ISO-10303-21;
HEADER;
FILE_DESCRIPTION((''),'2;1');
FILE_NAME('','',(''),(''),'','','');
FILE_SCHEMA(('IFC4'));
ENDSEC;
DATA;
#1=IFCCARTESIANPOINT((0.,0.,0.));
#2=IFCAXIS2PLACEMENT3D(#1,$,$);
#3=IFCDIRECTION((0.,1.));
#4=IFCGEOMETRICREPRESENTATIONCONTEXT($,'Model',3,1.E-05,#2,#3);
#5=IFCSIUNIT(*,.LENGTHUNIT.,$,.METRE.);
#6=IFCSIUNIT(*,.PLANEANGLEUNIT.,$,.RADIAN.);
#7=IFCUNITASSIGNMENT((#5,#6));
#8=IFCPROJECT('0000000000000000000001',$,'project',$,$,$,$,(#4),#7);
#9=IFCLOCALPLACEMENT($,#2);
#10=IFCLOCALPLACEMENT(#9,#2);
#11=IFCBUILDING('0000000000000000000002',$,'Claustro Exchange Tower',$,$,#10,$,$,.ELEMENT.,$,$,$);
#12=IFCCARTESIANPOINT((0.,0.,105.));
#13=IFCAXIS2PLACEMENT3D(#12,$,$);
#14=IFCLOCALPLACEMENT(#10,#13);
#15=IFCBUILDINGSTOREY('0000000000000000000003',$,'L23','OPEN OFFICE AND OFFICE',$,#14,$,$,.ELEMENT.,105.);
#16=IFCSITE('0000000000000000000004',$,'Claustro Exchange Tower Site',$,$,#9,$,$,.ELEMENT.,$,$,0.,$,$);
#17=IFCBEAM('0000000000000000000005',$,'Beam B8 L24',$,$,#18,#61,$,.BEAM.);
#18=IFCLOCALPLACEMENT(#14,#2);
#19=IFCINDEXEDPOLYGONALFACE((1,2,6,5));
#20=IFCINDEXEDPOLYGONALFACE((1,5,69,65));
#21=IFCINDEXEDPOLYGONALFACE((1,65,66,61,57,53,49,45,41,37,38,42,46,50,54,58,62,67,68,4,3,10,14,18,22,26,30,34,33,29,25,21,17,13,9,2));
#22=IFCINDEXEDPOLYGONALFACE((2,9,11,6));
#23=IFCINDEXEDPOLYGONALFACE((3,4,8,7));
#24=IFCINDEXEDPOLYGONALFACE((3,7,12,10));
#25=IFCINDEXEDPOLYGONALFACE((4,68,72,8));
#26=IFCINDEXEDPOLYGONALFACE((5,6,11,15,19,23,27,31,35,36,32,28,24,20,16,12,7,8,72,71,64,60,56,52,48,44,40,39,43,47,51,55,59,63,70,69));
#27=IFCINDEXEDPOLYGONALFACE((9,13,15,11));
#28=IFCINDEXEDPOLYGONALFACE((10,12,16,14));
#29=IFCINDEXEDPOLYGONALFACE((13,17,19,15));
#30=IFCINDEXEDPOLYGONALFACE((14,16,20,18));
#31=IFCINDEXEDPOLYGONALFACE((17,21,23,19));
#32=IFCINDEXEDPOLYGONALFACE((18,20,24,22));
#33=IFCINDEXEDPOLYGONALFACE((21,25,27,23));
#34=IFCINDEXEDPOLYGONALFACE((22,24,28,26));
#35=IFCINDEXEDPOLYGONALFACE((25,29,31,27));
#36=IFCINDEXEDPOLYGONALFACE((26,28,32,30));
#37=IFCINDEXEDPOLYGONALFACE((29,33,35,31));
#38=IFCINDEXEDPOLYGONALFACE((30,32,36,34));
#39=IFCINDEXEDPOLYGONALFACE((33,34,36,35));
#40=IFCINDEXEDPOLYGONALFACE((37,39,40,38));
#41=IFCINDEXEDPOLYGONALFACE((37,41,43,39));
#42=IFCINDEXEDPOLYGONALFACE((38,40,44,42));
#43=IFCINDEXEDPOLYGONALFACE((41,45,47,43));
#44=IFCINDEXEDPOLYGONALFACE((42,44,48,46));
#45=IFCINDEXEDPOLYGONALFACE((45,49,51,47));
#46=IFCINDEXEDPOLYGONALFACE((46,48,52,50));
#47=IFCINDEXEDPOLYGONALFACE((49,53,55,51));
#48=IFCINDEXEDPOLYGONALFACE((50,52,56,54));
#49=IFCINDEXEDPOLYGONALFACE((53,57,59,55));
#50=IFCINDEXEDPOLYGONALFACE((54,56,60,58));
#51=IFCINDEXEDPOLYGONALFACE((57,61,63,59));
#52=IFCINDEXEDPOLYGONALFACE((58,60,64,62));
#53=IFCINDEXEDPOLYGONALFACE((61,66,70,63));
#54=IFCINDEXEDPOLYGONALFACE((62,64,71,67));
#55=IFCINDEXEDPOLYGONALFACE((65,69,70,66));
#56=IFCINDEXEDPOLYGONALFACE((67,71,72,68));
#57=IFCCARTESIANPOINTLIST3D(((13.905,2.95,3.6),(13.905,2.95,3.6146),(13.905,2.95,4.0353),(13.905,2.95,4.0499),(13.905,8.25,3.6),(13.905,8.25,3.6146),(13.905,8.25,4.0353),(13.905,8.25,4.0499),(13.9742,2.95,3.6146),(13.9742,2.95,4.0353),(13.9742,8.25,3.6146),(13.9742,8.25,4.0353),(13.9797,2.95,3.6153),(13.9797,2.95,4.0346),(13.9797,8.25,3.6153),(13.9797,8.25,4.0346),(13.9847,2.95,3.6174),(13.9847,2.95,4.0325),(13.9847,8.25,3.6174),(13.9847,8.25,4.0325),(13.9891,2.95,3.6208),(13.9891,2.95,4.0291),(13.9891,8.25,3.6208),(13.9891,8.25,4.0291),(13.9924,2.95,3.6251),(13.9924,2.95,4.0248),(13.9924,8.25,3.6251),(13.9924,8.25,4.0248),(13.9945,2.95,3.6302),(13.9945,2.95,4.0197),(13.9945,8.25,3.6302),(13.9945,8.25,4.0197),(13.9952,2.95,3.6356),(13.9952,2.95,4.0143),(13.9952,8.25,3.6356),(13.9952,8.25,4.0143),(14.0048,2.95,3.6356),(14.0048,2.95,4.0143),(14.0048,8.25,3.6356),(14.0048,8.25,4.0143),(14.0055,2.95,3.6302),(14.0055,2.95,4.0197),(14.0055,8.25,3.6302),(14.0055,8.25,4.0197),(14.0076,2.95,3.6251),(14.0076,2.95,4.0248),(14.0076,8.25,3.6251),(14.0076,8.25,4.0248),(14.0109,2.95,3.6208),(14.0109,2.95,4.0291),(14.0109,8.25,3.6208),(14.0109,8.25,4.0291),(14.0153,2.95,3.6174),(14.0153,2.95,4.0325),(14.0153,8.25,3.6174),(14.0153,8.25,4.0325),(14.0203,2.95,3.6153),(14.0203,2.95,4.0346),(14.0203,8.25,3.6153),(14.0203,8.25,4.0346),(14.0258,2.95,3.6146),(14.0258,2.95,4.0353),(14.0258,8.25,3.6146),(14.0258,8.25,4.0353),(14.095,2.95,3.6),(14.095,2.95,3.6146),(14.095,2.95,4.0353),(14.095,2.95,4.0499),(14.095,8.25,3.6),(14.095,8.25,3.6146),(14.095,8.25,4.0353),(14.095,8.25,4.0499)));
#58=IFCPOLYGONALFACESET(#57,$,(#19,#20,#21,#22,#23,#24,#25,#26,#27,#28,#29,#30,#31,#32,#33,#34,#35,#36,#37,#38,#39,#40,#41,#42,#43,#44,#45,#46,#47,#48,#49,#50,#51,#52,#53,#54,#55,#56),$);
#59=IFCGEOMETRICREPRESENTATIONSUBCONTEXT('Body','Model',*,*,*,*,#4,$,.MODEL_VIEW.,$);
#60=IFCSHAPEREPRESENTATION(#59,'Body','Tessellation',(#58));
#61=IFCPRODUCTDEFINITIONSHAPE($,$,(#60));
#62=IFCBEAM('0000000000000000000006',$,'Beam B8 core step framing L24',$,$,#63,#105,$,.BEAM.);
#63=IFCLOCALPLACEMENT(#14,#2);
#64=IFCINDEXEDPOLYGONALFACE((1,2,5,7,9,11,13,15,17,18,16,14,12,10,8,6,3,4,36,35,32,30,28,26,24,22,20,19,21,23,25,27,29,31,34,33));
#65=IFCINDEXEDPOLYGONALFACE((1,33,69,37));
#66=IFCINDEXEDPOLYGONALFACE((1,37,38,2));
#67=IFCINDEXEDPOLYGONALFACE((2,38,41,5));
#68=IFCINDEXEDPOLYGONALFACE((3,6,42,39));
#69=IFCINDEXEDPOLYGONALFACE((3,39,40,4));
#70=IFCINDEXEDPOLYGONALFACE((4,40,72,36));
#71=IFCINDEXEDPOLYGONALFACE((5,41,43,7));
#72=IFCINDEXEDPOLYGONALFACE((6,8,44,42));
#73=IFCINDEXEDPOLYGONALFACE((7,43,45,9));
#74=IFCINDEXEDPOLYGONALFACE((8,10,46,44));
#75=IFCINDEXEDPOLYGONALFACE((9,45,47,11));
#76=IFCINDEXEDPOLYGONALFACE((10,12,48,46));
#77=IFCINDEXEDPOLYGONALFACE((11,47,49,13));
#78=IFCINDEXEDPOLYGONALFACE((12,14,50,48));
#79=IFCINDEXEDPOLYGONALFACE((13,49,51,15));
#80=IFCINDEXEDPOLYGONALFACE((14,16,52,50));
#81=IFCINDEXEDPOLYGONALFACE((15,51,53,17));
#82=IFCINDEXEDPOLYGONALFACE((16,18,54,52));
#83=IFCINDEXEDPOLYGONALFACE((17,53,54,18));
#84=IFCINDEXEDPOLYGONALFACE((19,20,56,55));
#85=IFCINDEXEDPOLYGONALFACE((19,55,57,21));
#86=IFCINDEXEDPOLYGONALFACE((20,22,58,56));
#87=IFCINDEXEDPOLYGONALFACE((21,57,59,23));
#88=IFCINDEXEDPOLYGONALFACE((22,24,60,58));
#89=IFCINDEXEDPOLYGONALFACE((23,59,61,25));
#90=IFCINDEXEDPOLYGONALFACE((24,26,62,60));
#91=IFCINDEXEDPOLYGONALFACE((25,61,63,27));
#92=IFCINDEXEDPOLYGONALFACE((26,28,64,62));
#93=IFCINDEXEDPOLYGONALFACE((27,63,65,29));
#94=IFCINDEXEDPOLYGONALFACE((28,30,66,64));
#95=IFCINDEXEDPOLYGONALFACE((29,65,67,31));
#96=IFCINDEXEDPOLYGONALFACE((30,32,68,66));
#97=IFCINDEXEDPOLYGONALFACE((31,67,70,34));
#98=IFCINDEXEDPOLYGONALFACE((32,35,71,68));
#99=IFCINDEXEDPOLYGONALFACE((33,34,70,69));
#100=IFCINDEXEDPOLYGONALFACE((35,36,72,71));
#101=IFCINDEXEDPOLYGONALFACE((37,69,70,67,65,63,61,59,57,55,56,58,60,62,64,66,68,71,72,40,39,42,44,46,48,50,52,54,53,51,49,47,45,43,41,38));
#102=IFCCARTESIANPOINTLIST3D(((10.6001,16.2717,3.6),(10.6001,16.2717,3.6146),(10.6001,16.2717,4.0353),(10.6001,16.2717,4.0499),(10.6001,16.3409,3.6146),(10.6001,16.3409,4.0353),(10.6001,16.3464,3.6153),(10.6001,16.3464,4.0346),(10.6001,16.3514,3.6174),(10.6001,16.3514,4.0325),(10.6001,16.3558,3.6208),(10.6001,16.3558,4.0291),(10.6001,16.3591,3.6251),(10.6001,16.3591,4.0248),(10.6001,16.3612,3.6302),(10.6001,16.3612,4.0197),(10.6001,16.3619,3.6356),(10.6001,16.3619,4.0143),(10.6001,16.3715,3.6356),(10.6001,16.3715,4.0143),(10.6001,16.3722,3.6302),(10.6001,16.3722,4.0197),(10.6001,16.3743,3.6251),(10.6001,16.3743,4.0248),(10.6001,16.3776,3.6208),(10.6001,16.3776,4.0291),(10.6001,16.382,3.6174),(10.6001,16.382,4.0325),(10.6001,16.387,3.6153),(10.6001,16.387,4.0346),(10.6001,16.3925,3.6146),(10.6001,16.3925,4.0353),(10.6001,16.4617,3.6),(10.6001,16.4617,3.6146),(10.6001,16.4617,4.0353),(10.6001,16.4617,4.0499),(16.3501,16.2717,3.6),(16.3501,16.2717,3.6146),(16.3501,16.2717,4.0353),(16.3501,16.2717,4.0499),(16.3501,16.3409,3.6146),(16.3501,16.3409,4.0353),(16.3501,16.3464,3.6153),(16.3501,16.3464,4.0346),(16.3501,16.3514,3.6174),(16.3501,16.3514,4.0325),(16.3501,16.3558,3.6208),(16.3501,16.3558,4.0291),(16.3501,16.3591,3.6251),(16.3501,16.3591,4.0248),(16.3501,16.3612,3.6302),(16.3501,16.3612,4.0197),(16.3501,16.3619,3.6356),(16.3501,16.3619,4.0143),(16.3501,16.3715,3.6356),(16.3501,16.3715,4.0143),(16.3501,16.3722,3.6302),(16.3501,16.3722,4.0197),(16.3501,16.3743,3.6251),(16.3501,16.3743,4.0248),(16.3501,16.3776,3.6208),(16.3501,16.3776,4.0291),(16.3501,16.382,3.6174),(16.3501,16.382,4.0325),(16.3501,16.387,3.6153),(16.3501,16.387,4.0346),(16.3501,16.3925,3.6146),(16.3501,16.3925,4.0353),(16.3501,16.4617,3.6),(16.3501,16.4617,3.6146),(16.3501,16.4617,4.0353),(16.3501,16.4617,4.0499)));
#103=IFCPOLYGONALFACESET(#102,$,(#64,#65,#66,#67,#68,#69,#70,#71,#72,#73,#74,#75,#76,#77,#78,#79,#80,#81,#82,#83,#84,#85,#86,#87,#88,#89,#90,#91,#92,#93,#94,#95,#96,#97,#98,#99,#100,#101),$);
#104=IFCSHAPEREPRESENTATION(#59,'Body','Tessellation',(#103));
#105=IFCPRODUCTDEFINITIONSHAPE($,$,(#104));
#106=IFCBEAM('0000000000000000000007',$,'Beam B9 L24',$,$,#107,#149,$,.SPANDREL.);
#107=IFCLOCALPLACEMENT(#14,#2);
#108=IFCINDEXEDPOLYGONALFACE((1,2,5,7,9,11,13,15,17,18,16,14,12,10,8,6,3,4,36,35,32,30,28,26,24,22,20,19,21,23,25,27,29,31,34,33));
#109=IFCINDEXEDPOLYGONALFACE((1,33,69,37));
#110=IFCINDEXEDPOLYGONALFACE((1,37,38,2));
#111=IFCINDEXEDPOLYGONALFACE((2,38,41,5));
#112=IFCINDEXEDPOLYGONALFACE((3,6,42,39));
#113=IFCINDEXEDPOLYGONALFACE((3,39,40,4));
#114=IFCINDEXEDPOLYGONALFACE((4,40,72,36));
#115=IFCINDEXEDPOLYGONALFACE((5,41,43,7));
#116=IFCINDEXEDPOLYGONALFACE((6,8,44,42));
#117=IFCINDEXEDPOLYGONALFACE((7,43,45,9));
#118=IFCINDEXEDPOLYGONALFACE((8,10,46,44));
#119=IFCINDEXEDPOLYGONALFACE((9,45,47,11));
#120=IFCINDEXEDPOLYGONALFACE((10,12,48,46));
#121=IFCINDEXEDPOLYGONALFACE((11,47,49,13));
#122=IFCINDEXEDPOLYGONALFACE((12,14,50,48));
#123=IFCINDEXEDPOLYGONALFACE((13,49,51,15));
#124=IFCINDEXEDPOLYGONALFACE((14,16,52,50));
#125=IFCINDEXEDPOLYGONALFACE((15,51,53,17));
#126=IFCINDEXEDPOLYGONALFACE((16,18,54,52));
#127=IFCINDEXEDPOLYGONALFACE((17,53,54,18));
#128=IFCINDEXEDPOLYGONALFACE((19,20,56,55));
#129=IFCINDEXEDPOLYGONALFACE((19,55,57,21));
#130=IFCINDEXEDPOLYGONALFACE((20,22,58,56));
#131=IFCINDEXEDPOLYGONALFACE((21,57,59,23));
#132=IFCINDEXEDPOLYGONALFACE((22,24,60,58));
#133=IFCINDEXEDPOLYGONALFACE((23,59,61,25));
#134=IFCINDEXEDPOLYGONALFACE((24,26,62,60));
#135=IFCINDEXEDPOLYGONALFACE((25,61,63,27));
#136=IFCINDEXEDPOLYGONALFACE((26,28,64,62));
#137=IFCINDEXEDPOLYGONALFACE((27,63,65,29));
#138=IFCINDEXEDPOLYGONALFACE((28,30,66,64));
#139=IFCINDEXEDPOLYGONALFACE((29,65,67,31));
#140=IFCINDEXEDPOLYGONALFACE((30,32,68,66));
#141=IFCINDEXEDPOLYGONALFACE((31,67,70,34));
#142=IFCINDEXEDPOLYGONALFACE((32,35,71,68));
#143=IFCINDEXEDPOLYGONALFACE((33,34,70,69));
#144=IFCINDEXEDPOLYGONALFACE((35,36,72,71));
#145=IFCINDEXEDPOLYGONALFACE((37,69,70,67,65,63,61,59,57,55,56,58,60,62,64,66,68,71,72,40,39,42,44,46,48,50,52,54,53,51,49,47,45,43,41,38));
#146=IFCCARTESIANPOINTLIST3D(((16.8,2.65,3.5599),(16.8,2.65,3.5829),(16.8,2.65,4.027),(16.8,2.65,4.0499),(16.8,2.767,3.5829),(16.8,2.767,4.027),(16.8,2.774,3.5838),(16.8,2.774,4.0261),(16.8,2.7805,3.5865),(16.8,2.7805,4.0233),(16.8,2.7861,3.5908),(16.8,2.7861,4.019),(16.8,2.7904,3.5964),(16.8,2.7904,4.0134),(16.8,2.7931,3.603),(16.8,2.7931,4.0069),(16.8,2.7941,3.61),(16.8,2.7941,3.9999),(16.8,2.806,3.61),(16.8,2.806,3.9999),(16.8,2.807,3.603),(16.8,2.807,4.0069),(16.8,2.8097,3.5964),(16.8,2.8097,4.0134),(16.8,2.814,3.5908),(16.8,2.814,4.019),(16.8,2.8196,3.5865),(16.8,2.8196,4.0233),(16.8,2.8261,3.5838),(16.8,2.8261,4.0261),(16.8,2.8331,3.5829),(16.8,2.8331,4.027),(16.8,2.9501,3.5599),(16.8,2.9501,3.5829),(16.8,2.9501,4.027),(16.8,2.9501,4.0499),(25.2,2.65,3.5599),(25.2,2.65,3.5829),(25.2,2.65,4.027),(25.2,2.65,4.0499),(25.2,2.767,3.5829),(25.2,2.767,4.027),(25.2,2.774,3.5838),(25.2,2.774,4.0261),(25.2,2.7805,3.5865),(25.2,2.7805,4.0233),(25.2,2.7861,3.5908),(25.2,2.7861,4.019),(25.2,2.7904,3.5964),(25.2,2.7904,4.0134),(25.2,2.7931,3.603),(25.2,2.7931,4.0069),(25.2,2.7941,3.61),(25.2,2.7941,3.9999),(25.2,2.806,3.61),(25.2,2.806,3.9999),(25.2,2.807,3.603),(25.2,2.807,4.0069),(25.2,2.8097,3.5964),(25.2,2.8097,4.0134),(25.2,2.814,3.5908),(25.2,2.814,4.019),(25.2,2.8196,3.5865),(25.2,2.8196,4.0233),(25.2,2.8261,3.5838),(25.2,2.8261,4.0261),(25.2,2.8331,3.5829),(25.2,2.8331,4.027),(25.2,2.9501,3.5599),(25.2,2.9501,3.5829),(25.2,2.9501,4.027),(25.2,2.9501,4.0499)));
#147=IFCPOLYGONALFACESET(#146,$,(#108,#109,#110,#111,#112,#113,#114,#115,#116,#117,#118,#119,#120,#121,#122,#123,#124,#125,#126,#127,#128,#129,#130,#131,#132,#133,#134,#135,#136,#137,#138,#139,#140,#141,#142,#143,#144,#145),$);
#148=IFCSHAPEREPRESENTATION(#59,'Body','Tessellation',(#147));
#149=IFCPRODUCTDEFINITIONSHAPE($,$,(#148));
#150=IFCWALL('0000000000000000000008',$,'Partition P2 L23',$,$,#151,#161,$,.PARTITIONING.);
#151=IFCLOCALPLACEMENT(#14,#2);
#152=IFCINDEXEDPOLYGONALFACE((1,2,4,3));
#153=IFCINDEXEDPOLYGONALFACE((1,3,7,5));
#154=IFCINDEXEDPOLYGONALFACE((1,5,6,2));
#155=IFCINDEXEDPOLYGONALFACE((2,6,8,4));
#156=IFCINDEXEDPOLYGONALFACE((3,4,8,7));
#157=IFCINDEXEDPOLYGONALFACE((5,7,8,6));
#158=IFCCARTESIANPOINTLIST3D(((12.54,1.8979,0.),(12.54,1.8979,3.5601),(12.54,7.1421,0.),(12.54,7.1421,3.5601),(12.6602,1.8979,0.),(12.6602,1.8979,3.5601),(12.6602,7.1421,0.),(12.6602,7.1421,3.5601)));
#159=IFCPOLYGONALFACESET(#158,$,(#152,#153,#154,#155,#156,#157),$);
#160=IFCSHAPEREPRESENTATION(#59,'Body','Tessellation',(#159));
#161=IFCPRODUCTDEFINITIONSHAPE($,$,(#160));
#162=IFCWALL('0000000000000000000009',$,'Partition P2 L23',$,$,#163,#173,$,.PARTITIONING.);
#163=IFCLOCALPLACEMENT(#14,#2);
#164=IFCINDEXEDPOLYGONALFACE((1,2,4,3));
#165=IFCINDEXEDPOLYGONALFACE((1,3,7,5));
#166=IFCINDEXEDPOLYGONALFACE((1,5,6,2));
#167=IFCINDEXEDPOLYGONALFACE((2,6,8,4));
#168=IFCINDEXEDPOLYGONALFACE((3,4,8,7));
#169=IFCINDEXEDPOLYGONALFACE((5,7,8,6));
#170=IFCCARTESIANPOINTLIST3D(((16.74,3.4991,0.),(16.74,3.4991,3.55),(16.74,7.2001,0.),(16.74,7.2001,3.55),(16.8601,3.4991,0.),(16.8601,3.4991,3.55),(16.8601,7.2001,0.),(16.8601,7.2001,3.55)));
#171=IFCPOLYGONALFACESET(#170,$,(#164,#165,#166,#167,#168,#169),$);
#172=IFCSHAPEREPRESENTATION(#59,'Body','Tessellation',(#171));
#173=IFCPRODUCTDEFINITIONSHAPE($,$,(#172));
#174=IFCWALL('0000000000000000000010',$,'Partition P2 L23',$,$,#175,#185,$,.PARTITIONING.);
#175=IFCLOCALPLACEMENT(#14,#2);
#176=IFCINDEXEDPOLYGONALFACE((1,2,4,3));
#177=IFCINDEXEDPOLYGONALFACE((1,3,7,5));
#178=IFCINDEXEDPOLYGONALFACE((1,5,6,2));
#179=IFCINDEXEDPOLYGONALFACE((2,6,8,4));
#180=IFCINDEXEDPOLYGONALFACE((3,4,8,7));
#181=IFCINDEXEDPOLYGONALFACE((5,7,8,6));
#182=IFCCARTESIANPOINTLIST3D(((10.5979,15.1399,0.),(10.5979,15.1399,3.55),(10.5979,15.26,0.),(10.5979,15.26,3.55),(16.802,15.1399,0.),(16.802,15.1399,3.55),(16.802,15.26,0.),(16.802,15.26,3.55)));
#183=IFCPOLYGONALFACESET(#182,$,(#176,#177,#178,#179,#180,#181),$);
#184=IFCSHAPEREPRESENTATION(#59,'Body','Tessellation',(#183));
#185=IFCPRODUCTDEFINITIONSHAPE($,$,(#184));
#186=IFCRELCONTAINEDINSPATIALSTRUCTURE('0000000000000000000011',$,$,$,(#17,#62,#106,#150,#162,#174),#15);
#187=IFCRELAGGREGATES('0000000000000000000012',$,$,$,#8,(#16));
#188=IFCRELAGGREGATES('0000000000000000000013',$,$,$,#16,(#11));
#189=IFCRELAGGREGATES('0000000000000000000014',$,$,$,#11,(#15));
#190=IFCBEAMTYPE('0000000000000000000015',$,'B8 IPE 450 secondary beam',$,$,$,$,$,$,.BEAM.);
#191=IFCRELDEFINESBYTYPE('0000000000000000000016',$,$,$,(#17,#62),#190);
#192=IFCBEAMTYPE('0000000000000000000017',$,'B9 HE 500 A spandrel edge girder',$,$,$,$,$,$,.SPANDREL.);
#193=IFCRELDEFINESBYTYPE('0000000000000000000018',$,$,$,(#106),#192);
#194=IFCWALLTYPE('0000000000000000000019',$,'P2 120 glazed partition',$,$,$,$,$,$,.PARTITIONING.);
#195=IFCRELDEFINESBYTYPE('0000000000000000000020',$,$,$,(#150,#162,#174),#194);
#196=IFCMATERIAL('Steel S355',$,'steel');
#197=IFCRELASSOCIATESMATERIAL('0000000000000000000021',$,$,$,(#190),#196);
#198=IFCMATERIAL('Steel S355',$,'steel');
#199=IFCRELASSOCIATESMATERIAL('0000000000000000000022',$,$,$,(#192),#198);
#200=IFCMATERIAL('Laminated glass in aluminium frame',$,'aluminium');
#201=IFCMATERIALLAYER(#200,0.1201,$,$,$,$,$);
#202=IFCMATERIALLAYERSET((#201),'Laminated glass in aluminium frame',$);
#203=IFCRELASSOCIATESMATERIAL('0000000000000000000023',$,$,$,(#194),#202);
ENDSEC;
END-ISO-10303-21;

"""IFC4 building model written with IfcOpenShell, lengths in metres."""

from ifc_helpers import new_model, si_unit, direction, frame, frame_2d, origin, origin_2d, place, context, subcontext, project, spatial, rectangle, i_section, extrude, material, layer, layer_set, material_profile, profile_set, type_object, element, save


model = new_model("IFC4")

# Units and contexts
model_context = context("Model", 3, precision=1e-05, world=origin(), true_north=direction((0.0, 1.0)))
body_context = subcontext(model_context, "Body", "Model", "MODEL_VIEW")
ifc_project = project(units=[si_unit("LENGTHUNIT", "METRE"), si_unit("PLANEANGLEUNIT", "RADIAN")], contexts=[model_context])

# Site, building, storey
site_placement = place(None, origin())
site = spatial("IfcSite", under=ifc_project, at=site_placement, Name="Claustro Exchange Tower Site", CompositionType="ELEMENT", RefElevation=0.0)
building_placement = place(site_placement, origin())
building = spatial("IfcBuilding", under=site, at=building_placement, Name="Claustro Exchange Tower", CompositionType="ELEMENT")
storey_placement = place(building_placement, frame((0.0, 0.0, 105.0)))
storey = spatial("IfcBuildingStorey", under=building, at=storey_placement, Name="L23", Description="OPEN OFFICE AND OFFICE", CompositionType="ELEMENT", Elevation=105.0)

# Beams
ifc_material_1 = material(Name="Steel S355", Category="steel")
ifc_material_profile_1 = material_profile(ifc_material_1, i_section(OverallWidth=0.1899, OverallDepth=0.45, WebThickness=0.0095, FlangeThickness=0.0146, FilletRadius=0.021, at=origin_2d()), Name="IPE 450")
ifc_profile_set_1 = profile_set([ifc_material_profile_1], Name="Steel S355")
beam_type_1 = type_object("IfcBeamType", Name="B8 IPE 450 secondary beam", PredefinedType="BEAM", material=ifc_profile_set_1)
for number, where, z_axis, x_axis, name in (
    (1, (14.0, 2.95, 3.825), (0.0, 1.0, 0.0), (-1.0, 0.0, 0.0), "Beam B8 L24"),
):
    element("IfcBeam", number, at=place(storey_placement, frame(where, z_axis=z_axis, x_axis=x_axis)), inside=storey, type_object=beam_type_1, Name=name, PredefinedType="BEAM", context=body_context, shape_type="SweptSolid", body=[
        extrude(i_section(OverallWidth=0.1899, OverallDepth=0.45, WebThickness=0.0095, FlangeThickness=0.0146, FilletRadius=0.021, at=origin_2d()), origin(), (0.0, 0.0, 1.0), 5.3),
    ])
beam_1_placement = place(storey_placement, frame((10.6001, 16.3667, 3.825), z_axis=(1.0, 0.0, 0.0), x_axis=(0.0, 1.0, 0.0)))
element("IfcBeam", 2, at=beam_1_placement, inside=storey, type_object=beam_type_1, Name="Beam B8 core step framing L24", PredefinedType="BEAM", context=body_context, shape_type="SweptSolid", body=[
    extrude(i_section(OverallWidth=0.1899, OverallDepth=0.45, WebThickness=0.0095, FlangeThickness=0.0146, FilletRadius=0.021, at=origin_2d()), origin(), (0.0, 0.0, 1.0), 5.75),
])
ifc_material_2 = material(Name="Steel S355", Category="steel")
ifc_material_profile_2 = material_profile(ifc_material_2, i_section(OverallWidth=0.3, OverallDepth=0.49, WebThickness=0.012, FlangeThickness=0.0229, FilletRadius=0.0271, at=origin_2d()), Name="HE 500 A")
ifc_profile_set_2 = profile_set([ifc_material_profile_2], Name="Steel S355")
beam_type_2 = type_object("IfcBeamType", Name="B9 HE 500 A spandrel edge girder", PredefinedType="SPANDREL", material=ifc_profile_set_2)
beam_2_placement = place(storey_placement, frame((16.8, 2.8, 3.8049), z_axis=(1.0, 0.0, 0.0), x_axis=(0.0, 1.0, 0.0)))
element("IfcBeam", 3, at=beam_2_placement, inside=storey, type_object=beam_type_2, Name="Beam B9 L24", PredefinedType="SPANDREL", context=body_context, shape_type="SweptSolid", body=[
    extrude(i_section(OverallWidth=0.3, OverallDepth=0.49, WebThickness=0.012, FlangeThickness=0.0229, FilletRadius=0.0271, at=origin_2d()), origin(), (0.0, 0.0, 1.0), 8.3999),
])

# Walls
ifc_material_3 = material(Name="Laminated glass in aluminium frame", Category="aluminium")
ifc_layer_1 = layer(ifc_material_3, 0.1201)
ifc_layer_set_1 = layer_set([ifc_layer_1], Name="Laminated glass in aluminium frame")
wall_type_1 = type_object("IfcWallType", Name="P2 120 glazed partition", PredefinedType="PARTITIONING", material=ifc_layer_set_1)
wall_1_placement = place(storey_placement, frame((12.6001, 1.8979, 0.0), z_axis=(0.0, 0.0, 1.0), x_axis=(0.0, 1.0, 0.0)))
element("IfcWall", 4, at=wall_1_placement, inside=storey, type_object=wall_type_1, Name="Partition P2 L23", PredefinedType="PARTITIONING", context=body_context, shape_type="SweptSolid", body=[
    extrude(rectangle(XDim=5.2441, YDim=0.1201, at=frame_2d((2.6221, 0.0))), origin(), (0.0, 0.0, 1.0), 3.5601),
])
wall_2_placement = place(storey_placement, frame((16.8, 3.499, 0.0), z_axis=(0.0, 0.0, 1.0), x_axis=(0.0, 1.0, 0.0)))
element("IfcWall", 5, at=wall_2_placement, inside=storey, type_object=wall_type_1, Name="Partition P2 L23", PredefinedType="PARTITIONING", context=body_context, shape_type="SweptSolid", body=[
    extrude(rectangle(XDim=3.7009, YDim=0.1201, at=frame_2d((1.8506, 0.0))), origin(), (0.0, 0.0, 1.0), 3.55),
])
wall_3_placement = place(storey_placement, frame((10.5979, 15.2, 0.0), z_axis=(0.0, 0.0, 1.0), x_axis=(1.0, 0.0, 0.0)))
element("IfcWall", 6, at=wall_3_placement, inside=storey, type_object=wall_type_1, Name="Partition P2 L23", PredefinedType="PARTITIONING", context=body_context, shape_type="SweptSolid", body=[
    extrude(rectangle(XDim=6.2041, YDim=0.1201, at=frame_2d((3.1021, 0.0))), origin(), (0.0, 0.0, 1.0), 3.55),
])

save(model, "model.ifc")
